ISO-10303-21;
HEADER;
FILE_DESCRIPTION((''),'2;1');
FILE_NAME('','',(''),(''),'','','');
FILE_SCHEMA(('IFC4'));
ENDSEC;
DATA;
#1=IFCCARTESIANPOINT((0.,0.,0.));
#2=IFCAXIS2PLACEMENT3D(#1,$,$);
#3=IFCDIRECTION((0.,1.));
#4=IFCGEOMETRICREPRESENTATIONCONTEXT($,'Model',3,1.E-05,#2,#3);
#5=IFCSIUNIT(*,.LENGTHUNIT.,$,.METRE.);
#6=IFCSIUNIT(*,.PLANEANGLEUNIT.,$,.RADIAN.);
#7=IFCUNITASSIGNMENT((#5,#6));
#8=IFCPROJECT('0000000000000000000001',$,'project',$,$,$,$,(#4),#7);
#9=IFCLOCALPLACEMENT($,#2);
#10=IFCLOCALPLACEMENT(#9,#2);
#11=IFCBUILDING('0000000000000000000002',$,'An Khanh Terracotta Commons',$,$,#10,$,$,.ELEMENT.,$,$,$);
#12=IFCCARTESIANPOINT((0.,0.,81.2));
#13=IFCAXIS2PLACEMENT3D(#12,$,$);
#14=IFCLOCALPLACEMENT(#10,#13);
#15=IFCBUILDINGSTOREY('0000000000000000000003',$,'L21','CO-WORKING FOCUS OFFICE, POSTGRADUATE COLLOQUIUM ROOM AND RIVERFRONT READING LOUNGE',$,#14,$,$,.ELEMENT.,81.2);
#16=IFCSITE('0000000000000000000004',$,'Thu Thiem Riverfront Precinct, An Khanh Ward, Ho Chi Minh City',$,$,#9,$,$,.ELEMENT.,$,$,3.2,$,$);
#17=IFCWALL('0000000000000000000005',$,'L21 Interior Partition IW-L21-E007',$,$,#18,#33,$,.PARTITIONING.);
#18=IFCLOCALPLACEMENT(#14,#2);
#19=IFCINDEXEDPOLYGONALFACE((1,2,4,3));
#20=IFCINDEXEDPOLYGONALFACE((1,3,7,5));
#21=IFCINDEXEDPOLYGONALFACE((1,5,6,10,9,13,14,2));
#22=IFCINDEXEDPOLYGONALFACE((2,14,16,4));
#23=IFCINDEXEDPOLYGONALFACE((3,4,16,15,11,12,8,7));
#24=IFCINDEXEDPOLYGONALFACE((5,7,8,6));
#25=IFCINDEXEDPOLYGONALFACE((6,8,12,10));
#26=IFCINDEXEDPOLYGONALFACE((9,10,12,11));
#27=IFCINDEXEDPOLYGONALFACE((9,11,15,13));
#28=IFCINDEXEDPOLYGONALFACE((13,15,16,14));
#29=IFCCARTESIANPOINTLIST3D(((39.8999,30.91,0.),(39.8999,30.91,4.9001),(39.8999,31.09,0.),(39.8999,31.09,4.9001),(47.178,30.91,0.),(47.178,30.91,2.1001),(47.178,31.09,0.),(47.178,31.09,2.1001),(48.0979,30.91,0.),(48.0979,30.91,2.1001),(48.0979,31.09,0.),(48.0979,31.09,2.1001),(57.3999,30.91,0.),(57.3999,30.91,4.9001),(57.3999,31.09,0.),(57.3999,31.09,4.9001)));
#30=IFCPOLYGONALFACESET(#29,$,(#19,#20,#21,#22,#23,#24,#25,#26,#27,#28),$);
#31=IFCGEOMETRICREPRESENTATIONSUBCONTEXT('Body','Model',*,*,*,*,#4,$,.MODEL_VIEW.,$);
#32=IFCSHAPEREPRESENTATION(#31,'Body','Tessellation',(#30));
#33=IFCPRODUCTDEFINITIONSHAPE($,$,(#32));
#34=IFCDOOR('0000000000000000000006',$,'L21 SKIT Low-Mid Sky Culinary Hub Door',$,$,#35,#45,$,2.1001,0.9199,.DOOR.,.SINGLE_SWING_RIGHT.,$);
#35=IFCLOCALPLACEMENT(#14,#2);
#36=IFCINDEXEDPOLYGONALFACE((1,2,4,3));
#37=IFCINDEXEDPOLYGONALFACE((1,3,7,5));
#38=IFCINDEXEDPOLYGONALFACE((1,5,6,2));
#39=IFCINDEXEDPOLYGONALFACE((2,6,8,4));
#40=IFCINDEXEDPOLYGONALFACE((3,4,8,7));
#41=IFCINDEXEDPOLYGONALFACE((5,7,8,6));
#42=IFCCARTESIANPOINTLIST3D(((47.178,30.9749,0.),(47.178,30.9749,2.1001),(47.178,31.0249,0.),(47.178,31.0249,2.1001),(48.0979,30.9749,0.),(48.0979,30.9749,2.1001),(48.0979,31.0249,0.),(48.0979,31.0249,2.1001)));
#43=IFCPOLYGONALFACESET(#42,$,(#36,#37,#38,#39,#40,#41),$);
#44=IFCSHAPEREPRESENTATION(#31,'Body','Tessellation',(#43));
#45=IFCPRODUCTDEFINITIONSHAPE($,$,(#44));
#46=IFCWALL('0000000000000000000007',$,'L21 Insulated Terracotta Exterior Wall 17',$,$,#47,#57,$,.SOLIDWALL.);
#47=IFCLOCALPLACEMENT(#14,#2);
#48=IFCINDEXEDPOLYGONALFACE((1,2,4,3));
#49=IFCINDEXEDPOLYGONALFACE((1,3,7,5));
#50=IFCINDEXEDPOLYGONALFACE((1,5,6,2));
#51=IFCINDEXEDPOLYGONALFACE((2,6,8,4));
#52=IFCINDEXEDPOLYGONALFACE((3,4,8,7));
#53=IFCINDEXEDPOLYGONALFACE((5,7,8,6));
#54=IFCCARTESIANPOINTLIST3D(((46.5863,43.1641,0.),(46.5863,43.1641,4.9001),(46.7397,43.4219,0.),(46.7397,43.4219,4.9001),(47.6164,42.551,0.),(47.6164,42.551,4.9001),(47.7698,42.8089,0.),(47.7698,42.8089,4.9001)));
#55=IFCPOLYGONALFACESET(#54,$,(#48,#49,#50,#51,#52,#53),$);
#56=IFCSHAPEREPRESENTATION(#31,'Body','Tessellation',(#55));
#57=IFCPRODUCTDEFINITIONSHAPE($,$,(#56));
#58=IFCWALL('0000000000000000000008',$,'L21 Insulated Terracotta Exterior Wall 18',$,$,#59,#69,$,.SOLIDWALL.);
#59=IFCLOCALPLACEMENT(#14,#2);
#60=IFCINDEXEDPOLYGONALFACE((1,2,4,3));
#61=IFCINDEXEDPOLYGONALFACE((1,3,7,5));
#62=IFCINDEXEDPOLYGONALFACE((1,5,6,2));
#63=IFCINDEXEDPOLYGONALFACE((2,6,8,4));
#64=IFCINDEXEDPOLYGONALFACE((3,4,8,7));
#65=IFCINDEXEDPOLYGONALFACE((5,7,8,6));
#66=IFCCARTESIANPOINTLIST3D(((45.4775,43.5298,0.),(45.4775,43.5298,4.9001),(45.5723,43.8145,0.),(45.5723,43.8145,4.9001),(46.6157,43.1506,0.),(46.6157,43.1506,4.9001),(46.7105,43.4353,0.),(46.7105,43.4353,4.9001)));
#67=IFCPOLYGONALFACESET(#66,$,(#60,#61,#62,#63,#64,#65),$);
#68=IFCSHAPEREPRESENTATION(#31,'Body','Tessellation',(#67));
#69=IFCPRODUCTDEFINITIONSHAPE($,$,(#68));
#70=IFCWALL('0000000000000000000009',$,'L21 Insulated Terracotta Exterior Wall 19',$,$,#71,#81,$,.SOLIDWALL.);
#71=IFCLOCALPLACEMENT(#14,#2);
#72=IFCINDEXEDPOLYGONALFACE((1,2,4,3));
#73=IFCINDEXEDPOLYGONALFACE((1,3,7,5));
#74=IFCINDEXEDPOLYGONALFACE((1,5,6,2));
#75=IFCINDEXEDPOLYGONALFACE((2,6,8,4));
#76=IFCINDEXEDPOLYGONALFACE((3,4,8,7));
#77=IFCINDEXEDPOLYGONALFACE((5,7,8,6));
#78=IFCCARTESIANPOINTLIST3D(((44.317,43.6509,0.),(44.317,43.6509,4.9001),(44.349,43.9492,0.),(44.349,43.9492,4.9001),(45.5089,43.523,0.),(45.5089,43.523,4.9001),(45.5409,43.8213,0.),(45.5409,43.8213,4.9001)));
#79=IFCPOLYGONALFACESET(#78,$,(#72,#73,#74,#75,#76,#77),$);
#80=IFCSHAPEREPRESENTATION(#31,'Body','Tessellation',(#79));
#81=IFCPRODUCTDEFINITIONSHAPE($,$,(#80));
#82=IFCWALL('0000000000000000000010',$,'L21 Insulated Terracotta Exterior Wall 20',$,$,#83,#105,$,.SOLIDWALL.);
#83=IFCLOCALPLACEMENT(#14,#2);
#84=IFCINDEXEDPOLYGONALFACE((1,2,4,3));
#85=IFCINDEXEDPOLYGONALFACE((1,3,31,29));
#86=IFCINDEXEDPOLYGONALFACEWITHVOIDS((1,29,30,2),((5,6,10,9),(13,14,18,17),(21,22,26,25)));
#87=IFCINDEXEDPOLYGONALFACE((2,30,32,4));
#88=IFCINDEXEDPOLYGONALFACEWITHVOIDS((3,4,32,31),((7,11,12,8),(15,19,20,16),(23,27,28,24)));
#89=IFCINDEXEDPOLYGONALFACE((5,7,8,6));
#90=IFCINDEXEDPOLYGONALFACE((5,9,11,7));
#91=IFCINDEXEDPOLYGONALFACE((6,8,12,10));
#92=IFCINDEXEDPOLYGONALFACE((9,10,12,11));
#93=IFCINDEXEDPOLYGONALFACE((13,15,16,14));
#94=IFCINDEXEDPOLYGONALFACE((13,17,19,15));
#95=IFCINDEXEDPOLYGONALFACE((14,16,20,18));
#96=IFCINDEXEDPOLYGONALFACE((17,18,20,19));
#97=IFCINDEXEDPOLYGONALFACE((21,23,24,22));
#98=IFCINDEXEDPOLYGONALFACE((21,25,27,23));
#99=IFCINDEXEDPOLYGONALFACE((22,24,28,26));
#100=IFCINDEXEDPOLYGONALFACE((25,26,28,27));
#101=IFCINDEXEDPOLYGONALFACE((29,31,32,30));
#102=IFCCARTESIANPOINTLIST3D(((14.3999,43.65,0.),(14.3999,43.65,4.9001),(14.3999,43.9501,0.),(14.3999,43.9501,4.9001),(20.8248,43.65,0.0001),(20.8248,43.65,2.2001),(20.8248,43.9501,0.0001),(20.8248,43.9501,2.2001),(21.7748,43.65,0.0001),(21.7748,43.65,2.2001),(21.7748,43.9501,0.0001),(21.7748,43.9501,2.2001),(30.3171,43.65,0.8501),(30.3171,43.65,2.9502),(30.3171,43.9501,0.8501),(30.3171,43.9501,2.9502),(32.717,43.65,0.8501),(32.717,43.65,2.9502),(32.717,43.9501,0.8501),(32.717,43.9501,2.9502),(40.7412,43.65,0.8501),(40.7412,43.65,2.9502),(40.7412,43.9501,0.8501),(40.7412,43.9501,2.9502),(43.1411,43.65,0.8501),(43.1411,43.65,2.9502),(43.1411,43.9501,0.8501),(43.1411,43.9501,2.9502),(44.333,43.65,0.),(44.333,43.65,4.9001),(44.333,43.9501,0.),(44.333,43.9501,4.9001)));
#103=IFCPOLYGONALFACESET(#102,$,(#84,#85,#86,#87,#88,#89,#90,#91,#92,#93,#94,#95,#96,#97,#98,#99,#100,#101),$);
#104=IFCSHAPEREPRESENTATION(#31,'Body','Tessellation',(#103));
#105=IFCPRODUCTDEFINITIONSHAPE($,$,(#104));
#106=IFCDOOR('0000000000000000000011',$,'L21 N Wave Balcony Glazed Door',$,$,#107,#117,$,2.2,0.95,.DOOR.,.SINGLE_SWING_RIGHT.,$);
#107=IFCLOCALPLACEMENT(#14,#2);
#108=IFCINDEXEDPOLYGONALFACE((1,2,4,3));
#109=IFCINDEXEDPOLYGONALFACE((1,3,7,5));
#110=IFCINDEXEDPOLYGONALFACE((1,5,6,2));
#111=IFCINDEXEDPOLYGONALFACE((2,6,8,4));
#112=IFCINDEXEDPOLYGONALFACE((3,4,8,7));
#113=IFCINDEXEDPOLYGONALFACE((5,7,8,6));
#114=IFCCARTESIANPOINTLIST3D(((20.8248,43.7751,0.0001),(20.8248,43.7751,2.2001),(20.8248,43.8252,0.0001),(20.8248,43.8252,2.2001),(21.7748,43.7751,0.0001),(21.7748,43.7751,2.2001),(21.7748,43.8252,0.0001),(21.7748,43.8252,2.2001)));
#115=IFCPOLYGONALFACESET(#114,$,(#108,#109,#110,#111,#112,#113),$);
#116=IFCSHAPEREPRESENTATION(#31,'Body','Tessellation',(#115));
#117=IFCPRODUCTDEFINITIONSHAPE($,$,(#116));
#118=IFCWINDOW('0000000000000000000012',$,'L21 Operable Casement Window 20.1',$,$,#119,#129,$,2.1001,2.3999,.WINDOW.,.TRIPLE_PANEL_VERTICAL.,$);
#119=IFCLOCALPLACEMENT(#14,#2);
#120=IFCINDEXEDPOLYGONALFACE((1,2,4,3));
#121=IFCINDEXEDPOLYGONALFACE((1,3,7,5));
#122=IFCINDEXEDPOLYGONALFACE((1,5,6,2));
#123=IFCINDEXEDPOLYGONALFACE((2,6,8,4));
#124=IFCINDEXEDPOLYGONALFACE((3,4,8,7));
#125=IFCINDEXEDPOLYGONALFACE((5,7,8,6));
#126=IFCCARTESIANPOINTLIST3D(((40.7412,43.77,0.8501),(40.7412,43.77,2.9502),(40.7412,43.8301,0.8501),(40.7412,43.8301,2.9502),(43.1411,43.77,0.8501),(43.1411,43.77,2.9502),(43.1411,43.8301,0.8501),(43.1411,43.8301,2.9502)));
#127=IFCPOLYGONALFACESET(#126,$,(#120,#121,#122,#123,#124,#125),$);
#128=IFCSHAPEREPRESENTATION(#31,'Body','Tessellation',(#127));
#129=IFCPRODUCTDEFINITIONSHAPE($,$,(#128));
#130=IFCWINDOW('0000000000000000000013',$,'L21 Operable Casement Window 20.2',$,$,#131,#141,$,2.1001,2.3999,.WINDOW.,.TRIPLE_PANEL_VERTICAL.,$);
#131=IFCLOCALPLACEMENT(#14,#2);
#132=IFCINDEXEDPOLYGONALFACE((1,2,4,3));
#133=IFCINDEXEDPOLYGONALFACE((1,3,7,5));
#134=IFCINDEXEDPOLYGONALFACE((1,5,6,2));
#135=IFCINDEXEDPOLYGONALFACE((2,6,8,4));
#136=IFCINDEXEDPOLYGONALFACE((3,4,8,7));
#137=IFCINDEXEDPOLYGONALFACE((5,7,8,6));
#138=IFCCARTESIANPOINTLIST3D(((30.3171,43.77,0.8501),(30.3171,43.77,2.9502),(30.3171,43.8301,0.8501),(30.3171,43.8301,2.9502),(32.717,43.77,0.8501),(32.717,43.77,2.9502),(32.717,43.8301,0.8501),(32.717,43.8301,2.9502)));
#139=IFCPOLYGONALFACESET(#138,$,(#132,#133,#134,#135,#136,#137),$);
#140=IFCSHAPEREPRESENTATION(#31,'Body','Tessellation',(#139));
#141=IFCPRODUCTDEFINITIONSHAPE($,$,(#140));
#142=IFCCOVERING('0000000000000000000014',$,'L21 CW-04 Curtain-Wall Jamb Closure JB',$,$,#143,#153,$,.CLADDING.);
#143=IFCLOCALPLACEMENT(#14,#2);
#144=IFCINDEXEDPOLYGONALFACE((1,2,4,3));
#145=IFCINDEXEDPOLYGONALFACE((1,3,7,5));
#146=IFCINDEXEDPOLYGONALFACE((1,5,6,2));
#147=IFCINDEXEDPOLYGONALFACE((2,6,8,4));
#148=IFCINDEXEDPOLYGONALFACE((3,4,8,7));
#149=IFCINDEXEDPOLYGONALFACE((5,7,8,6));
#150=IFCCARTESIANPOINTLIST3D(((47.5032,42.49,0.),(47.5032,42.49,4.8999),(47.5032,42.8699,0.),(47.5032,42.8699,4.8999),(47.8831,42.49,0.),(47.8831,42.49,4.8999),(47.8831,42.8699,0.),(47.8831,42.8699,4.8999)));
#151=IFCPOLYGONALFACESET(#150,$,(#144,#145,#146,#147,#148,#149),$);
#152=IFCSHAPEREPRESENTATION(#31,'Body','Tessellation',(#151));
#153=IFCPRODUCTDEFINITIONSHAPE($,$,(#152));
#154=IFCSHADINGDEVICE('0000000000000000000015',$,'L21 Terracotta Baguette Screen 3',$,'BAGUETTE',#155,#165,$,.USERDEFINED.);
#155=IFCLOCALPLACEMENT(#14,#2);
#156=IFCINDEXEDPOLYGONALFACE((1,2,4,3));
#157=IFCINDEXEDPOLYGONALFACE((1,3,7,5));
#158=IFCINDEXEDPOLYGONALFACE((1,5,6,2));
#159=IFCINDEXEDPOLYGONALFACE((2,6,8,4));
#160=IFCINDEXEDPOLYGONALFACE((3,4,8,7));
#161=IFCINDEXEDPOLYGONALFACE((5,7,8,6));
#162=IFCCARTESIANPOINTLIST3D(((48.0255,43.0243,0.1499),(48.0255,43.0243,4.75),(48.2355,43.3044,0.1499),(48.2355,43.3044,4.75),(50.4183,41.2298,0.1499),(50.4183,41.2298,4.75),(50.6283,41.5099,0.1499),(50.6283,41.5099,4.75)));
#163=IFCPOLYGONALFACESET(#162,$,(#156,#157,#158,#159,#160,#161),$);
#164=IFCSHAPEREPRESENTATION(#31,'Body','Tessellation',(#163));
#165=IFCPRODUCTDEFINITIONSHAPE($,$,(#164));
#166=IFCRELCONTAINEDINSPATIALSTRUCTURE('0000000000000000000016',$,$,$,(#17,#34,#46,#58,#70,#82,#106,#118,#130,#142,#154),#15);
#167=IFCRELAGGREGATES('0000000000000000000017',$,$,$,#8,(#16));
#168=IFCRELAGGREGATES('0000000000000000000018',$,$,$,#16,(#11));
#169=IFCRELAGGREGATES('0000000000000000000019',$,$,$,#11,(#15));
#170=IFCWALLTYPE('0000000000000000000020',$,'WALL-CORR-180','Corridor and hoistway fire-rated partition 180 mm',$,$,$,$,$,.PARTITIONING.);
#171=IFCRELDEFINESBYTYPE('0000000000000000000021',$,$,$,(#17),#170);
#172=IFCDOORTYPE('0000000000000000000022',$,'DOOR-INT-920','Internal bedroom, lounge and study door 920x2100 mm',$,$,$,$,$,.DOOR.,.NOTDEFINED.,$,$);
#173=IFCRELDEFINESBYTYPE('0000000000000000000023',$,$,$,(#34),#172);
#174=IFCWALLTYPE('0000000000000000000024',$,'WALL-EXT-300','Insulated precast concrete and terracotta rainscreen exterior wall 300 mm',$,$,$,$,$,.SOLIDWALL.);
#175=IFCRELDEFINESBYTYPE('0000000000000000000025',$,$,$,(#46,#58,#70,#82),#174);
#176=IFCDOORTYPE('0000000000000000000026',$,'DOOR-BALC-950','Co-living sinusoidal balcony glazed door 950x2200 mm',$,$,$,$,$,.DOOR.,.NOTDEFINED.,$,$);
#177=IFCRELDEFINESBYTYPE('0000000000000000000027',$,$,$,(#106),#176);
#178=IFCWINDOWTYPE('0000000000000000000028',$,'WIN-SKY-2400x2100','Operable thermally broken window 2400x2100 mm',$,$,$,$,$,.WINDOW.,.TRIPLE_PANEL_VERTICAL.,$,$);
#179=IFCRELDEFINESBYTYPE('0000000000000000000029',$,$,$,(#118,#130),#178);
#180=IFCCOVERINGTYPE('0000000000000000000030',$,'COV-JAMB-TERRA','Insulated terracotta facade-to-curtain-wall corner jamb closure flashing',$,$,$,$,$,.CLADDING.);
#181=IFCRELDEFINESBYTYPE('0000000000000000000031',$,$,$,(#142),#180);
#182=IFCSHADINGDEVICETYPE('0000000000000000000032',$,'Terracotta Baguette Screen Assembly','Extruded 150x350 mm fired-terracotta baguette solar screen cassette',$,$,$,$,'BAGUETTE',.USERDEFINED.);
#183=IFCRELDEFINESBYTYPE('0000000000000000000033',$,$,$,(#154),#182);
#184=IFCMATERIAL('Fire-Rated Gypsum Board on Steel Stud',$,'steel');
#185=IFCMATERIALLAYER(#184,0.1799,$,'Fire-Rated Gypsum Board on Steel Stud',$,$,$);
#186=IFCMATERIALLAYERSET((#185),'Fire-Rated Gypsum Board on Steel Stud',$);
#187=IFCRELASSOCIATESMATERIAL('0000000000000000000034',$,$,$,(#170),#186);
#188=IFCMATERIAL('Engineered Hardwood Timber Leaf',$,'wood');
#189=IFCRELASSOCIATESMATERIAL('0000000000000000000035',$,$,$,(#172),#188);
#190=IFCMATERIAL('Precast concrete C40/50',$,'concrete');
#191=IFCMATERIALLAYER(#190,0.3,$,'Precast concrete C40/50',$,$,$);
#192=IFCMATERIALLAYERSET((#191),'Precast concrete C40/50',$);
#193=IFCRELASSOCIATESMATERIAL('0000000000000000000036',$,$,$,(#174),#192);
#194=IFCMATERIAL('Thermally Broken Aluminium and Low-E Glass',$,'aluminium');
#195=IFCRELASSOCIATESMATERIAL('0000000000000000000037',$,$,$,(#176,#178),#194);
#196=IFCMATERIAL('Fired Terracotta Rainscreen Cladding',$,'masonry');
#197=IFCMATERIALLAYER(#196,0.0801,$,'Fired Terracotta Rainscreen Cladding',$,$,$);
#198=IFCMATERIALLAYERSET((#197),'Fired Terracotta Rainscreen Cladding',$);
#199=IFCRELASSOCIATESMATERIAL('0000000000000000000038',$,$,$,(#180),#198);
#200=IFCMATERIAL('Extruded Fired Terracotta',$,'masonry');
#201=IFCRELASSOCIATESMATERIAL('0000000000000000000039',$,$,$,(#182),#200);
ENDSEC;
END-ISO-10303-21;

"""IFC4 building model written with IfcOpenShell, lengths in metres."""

from ifc_helpers import new_model, si_unit, direction, frame, frame_2d, origin, origin_2d, place, context, subcontext, project, spatial, rectangle, extrude, material, layer, layer_set, type_object, element, fill, save


model = new_model("IFC4")

# Units and contexts
model_context = context("Model", 3, precision=1e-05, world=origin(), true_north=direction((0.0, 1.0)))
body_context = subcontext(model_context, "Body", "Model", "MODEL_VIEW")
ifc_project = project(units=[si_unit("LENGTHUNIT", "METRE"), si_unit("PLANEANGLEUNIT", "RADIAN")], contexts=[model_context])

# Site, building, storey
site_placement = place(None, origin())
site = spatial("IfcSite", under=ifc_project, at=site_placement, Name="Thu Thiem Riverfront Precinct, An Khanh Ward, Ho Chi Minh City", CompositionType="ELEMENT", RefElevation=3.2)
building_placement = place(site_placement, origin())
building = spatial("IfcBuilding", under=site, at=building_placement, Name="An Khanh Terracotta Commons", CompositionType="ELEMENT")
storey_placement = place(building_placement, frame((0.0, 0.0, 81.2)))
storey = spatial("IfcBuildingStorey", under=building, at=storey_placement, Name="L21", Description="CO-WORKING FOCUS OFFICE, POSTGRADUATE COLLOQUIUM ROOM AND RIVERFRONT READING LOUNGE", CompositionType="ELEMENT", Elevation=81.2)

# Shared definitions
ifc_material_1 = material(Name="Fire-Rated Gypsum Board on Steel Stud", Category="steel")
ifc_layer_1 = layer(ifc_material_1, 0.1799, Name="Fire-Rated Gypsum Board on Steel Stud")
ifc_layer_set_1 = layer_set([ifc_layer_1], Name="Fire-Rated Gypsum Board on Steel Stud")
wall_type_1 = type_object("IfcWallType", Name="WALL-CORR-180", Description="Corridor and hoistway fire-rated partition 180 mm", PredefinedType="PARTITIONING", material=ifc_layer_set_1)

# Wall, opening, door
wall_1_placement = place(storey_placement, frame((39.8999, 31.0, 0.0), z_axis=(0.0, 0.0, 1.0), x_axis=(1.0, 0.0, 0.0)))
wall_1 = element("IfcWall", 1, at=wall_1_placement, inside=storey, type_object=wall_type_1, Name="L21 Interior Partition IW-L21-E007", PredefinedType="PARTITIONING", context=body_context, shape_type="SweptSolid", body=[
    extrude(rectangle(XDim=17.5, YDim=0.1799, at=frame_2d((8.75, 0.0))), origin(), (0.0, 0.0, 1.0), 4.9001),
])
opening_1_placement = place(wall_1_placement, frame((7.2781, 0.0, 0.0)))
opening_1 = element("IfcOpeningElement", 2, at=opening_1_placement, cuts=wall_1, PredefinedType="OPENING", context=body_context, shape_type="SweptSolid", body=[
    extrude(rectangle(XDim=0.9199, YDim=2.1001, at=frame_2d((0.46, 1.05))), frame((0.0, 0.0999, 0.0), z_axis=(0.0, -1.0, 0.0), x_axis=(1.0, 0.0, 0.0)), (0.0, 0.0, 1.0), 0.2),
])
ifc_material_2 = material(Name="Engineered Hardwood Timber Leaf", Category="wood")
door_type_1 = type_object("IfcDoorType", Name="DOOR-INT-920", Description="Internal bedroom, lounge and study door 920x2100 mm", OperationType="NOTDEFINED", PredefinedType="DOOR", material=ifc_material_2)
door_1_placement = place(opening_1_placement, origin())
door_1 = element("IfcDoor", 3, at=door_1_placement, inside=storey, type_object=door_type_1, Name="L21 SKIT Low-Mid Sky Culinary Hub Door", OperationType="SINGLE_SWING_RIGHT", OverallHeight=2.1001, OverallWidth=0.9199, PredefinedType="DOOR", context=body_context, shape_type="SweptSolid", body=[
    extrude(rectangle(XDim=0.9199, YDim=2.1001, at=frame_2d((0.46, 1.05))), frame((0.0, 0.0249, 0.0), z_axis=(0.0, -1.0, 0.0), x_axis=(1.0, 0.0, 0.0)), (0.0, 0.0, 1.0), 0.05),
])
fill(opening_1, door_1)

# Walls
ifc_material_3 = material(Name="Precast concrete C40/50", Category="concrete")
ifc_layer_2 = layer(ifc_material_3, 0.3, Name="Precast concrete C40/50")
ifc_layer_set_2 = layer_set([ifc_layer_2], Name="Precast concrete C40/50")
wall_type_2 = type_object("IfcWallType", Name="WALL-EXT-300", Description="Insulated precast concrete and terracotta rainscreen exterior wall 300 mm", PredefinedType="SOLIDWALL", material=ifc_layer_set_2)
wall_2_placement = place(storey_placement, frame((47.6931, 42.6799, 0.0), z_axis=(0.0, 0.0, 1.0), x_axis=(-0.859321, 0.511437, 0.0)))
element("IfcWall", 4, at=wall_2_placement, inside=storey, type_object=wall_type_2, Name="L21 Insulated Terracotta Exterior Wall 17", PredefinedType="SOLIDWALL", context=body_context, shape_type="SweptSolid", body=[
    extrude(rectangle(XDim=1.1987, YDim=0.3, at=frame_2d((0.5994, 0.0))), origin(), (0.0, 0.0, 1.0), 4.9001),
])
wall_3_placement = place(storey_placement, frame((46.6631, 43.293, 0.0), z_axis=(0.0, 0.0, 1.0), x_axis=(-0.948744, 0.316045, 0.0)))
element("IfcWall", 5, at=wall_3_placement, inside=storey, type_object=wall_type_2, Name="L21 Insulated Terracotta Exterior Wall 18", PredefinedType="SOLIDWALL", context=body_context, shape_type="SweptSolid", body=[
    extrude(rectangle(XDim=1.1997, YDim=0.3, at=frame_2d((0.5999, 0.0))), origin(), (0.0, 0.0, 1.0), 4.9001),
])
wall_4_placement = place(storey_placement, frame((45.5249, 43.6721, 0.0), z_axis=(0.0, 0.0, 1.0), x_axis=(-0.994289, 0.10672, 0.0)))
element("IfcWall", 6, at=wall_4_placement, inside=storey, type_object=wall_type_2, Name="L21 Insulated Terracotta Exterior Wall 19", PredefinedType="SOLIDWALL", context=body_context, shape_type="SweptSolid", body=[
    extrude(rectangle(XDim=1.1987, YDim=0.3, at=frame_2d((0.5994, 0.0))), origin(), (0.0, 0.0, 1.0), 4.9001),
])

# Wall, openings, door, windows
wall_5_placement = place(storey_placement, frame((44.333, 43.8, 0.0), z_axis=(0.0, 0.0, 1.0), x_axis=(-1.0, 0.0, 0.0)))
wall_5 = element("IfcWall", 7, at=wall_5_placement, inside=storey, type_object=wall_type_2, Name="L21 Insulated Terracotta Exterior Wall 20", PredefinedType="SOLIDWALL", context=body_context, shape_type="SweptSolid", body=[
    extrude(rectangle(XDim=29.9331, YDim=0.3, at=frame_2d((14.9666, 0.0))), origin(), (0.0, 0.0, 1.0), 4.9001),
])
opening_2_placement = place(wall_5_placement, frame((22.5581, 0.0, 0.0)))
opening_2 = element("IfcOpeningElement", 8, at=opening_2_placement, cuts=wall_5, PredefinedType="OPENING", context=body_context, shape_type="SweptSolid", body=[
    extrude(rectangle(XDim=0.95, YDim=2.2, at=frame_2d((0.4751, 1.1001))), frame((0.0, 0.1599, 0.0), z_axis=(0.0, -1.0, 0.0), x_axis=(1.0, 0.0, 0.0)), (0.0, 0.0, 1.0), 0.3201),
])
opening_3_placement = place(wall_5_placement, frame((1.1919, 0.0, 0.8501)))
opening_3 = element("IfcOpeningElement", 9, at=opening_3_placement, cuts=wall_5, PredefinedType="OPENING", context=body_context, shape_type="SweptSolid", body=[
    extrude(rectangle(XDim=2.3999, YDim=2.1001, at=frame_2d((1.2, 1.05))), frame((0.0, 0.1599, 0.0), z_axis=(0.0, -1.0, 0.0), x_axis=(1.0, 0.0, 0.0)), (0.0, 0.0, 1.0), 0.3201),
])
opening_4_placement = place(wall_5_placement, frame((11.616, 0.0, 0.8501)))
opening_4 = element("IfcOpeningElement", 10, at=opening_4_placement, cuts=wall_5, PredefinedType="OPENING", context=body_context, shape_type="SweptSolid", body=[
    extrude(rectangle(XDim=2.3999, YDim=2.1001, at=frame_2d((1.2, 1.05))), frame((0.0, 0.1599, 0.0), z_axis=(0.0, -1.0, 0.0), x_axis=(1.0, 0.0, 0.0)), (0.0, 0.0, 1.0), 0.3201),
])
ifc_material_4 = material(Name="Thermally Broken Aluminium and Low-E Glass", Category="aluminium")
door_type_2 = type_object("IfcDoorType", Name="DOOR-BALC-950", Description="Co-living sinusoidal balcony glazed door 950x2200 mm", OperationType="NOTDEFINED", PredefinedType="DOOR", material=ifc_material_4)
door_2_placement = place(opening_2_placement, origin())
door_2 = element("IfcDoor", 11, at=door_2_placement, inside=storey, type_object=door_type_2, Name="L21 N Wave Balcony Glazed Door", OperationType="SINGLE_SWING_RIGHT", OverallHeight=2.2, OverallWidth=0.95, PredefinedType="DOOR", context=body_context, shape_type="SweptSolid", body=[
    extrude(rectangle(XDim=0.95, YDim=2.2, at=frame_2d((0.4751, 1.1001))), frame((0.0, 0.0249, 0.0), z_axis=(0.0, -1.0, 0.0), x_axis=(1.0, 0.0, 0.0)), (0.0, 0.0, 1.0), 0.05),
])
fill(opening_2, door_2)
window_type = type_object("IfcWindowType", Name="WIN-SKY-2400x2100", Description="Operable thermally broken window 2400x2100 mm", PartitioningType="TRIPLE_PANEL_VERTICAL", PredefinedType="WINDOW", material=ifc_material_4)
window_1_placement = place(opening_3_placement, origin())
window_1 = element("IfcWindow", 12, at=window_1_placement, inside=storey, type_object=window_type, Name="L21 Operable Casement Window 20.1", OverallHeight=2.1001, OverallWidth=2.3999, PartitioningType="TRIPLE_PANEL_VERTICAL", PredefinedType="WINDOW", context=body_context, shape_type="SweptSolid", body=[
    extrude(rectangle(XDim=2.3999, YDim=2.1001, at=frame_2d((1.2, 1.05))), frame((0.0, 0.03, 0.0), z_axis=(0.0, -1.0, 0.0), x_axis=(1.0, 0.0, 0.0)), (0.0, 0.0, 1.0), 0.0601),
])
fill(opening_3, window_1)
window_2_placement = place(opening_4_placement, origin())
window_2 = element("IfcWindow", 13, at=window_2_placement, inside=storey, type_object=window_type, Name="L21 Operable Casement Window 20.2", OverallHeight=2.1001, OverallWidth=2.3999, PartitioningType="TRIPLE_PANEL_VERTICAL", PredefinedType="WINDOW", context=body_context, shape_type="SweptSolid", body=[
    extrude(rectangle(XDim=2.3999, YDim=2.1001, at=frame_2d((1.2, 1.05))), frame((0.0, 0.03, 0.0), z_axis=(0.0, -1.0, 0.0), x_axis=(1.0, 0.0, 0.0)), (0.0, 0.0, 1.0), 0.0601),
])
fill(opening_4, window_2)

# Covering
ifc_material_5 = material(Name="Fired Terracotta Rainscreen Cladding", Category="masonry")
ifc_layer_3 = layer(ifc_material_5, 0.0801, Name="Fired Terracotta Rainscreen Cladding")
ifc_layer_set_3 = layer_set([ifc_layer_3], Name="Fired Terracotta Rainscreen Cladding")
covering_type = type_object("IfcCoveringType", Name="COV-JAMB-TERRA", Description="Insulated terracotta facade-to-curtain-wall corner jamb closure flashing", PredefinedType="CLADDING", material=ifc_layer_set_3)
covering_placement = place(storey_placement, frame((47.6931, 42.6799, 0.0), z_axis=(0.0, 0.0, 1.0), x_axis=(1.0, 0.0, 0.0)))
element("IfcCovering", 14, at=covering_placement, inside=storey, type_object=covering_type, Name="L21 CW-04 Curtain-Wall Jamb Closure JB", PredefinedType="CLADDING", context=body_context, shape_type="SweptSolid", body=[
    extrude(rectangle(XDim=0.3799, YDim=0.3799, at=origin_2d()), origin(), (0.0, 0.0, 1.0), 4.8999),
])

# Shading device
ifc_material_6 = material(Name="Extruded Fired Terracotta", Category="masonry")
shading_device_type = type_object("IfcShadingDeviceType", Name="Terracotta Baguette Screen Assembly", Description="Extruded 150x350 mm fired-terracotta baguette solar screen cassette", ElementType="BAGUETTE", PredefinedType="USERDEFINED", material=ifc_material_6)
shading_device_placement = place(storey_placement, frame((49.3269, 42.2671, 0.1499), z_axis=(0.0, 0.0, 1.0), x_axis=(-0.800013, 0.599983, 0.0)))
element("IfcShadingDevice", 15, at=shading_device_placement, inside=storey, type_object=shading_device_type, Name="L21 Terracotta Baguette Screen 3", ObjectType="BAGUETTE", PredefinedType="USERDEFINED", context=body_context, shape_type="SweptSolid", body=[
    extrude(rectangle(XDim=2.991, YDim=0.3501, at=origin_2d()), origin(), (0.0, 0.0, 1.0), 4.6001),
])

save(model, "model.ifc")
